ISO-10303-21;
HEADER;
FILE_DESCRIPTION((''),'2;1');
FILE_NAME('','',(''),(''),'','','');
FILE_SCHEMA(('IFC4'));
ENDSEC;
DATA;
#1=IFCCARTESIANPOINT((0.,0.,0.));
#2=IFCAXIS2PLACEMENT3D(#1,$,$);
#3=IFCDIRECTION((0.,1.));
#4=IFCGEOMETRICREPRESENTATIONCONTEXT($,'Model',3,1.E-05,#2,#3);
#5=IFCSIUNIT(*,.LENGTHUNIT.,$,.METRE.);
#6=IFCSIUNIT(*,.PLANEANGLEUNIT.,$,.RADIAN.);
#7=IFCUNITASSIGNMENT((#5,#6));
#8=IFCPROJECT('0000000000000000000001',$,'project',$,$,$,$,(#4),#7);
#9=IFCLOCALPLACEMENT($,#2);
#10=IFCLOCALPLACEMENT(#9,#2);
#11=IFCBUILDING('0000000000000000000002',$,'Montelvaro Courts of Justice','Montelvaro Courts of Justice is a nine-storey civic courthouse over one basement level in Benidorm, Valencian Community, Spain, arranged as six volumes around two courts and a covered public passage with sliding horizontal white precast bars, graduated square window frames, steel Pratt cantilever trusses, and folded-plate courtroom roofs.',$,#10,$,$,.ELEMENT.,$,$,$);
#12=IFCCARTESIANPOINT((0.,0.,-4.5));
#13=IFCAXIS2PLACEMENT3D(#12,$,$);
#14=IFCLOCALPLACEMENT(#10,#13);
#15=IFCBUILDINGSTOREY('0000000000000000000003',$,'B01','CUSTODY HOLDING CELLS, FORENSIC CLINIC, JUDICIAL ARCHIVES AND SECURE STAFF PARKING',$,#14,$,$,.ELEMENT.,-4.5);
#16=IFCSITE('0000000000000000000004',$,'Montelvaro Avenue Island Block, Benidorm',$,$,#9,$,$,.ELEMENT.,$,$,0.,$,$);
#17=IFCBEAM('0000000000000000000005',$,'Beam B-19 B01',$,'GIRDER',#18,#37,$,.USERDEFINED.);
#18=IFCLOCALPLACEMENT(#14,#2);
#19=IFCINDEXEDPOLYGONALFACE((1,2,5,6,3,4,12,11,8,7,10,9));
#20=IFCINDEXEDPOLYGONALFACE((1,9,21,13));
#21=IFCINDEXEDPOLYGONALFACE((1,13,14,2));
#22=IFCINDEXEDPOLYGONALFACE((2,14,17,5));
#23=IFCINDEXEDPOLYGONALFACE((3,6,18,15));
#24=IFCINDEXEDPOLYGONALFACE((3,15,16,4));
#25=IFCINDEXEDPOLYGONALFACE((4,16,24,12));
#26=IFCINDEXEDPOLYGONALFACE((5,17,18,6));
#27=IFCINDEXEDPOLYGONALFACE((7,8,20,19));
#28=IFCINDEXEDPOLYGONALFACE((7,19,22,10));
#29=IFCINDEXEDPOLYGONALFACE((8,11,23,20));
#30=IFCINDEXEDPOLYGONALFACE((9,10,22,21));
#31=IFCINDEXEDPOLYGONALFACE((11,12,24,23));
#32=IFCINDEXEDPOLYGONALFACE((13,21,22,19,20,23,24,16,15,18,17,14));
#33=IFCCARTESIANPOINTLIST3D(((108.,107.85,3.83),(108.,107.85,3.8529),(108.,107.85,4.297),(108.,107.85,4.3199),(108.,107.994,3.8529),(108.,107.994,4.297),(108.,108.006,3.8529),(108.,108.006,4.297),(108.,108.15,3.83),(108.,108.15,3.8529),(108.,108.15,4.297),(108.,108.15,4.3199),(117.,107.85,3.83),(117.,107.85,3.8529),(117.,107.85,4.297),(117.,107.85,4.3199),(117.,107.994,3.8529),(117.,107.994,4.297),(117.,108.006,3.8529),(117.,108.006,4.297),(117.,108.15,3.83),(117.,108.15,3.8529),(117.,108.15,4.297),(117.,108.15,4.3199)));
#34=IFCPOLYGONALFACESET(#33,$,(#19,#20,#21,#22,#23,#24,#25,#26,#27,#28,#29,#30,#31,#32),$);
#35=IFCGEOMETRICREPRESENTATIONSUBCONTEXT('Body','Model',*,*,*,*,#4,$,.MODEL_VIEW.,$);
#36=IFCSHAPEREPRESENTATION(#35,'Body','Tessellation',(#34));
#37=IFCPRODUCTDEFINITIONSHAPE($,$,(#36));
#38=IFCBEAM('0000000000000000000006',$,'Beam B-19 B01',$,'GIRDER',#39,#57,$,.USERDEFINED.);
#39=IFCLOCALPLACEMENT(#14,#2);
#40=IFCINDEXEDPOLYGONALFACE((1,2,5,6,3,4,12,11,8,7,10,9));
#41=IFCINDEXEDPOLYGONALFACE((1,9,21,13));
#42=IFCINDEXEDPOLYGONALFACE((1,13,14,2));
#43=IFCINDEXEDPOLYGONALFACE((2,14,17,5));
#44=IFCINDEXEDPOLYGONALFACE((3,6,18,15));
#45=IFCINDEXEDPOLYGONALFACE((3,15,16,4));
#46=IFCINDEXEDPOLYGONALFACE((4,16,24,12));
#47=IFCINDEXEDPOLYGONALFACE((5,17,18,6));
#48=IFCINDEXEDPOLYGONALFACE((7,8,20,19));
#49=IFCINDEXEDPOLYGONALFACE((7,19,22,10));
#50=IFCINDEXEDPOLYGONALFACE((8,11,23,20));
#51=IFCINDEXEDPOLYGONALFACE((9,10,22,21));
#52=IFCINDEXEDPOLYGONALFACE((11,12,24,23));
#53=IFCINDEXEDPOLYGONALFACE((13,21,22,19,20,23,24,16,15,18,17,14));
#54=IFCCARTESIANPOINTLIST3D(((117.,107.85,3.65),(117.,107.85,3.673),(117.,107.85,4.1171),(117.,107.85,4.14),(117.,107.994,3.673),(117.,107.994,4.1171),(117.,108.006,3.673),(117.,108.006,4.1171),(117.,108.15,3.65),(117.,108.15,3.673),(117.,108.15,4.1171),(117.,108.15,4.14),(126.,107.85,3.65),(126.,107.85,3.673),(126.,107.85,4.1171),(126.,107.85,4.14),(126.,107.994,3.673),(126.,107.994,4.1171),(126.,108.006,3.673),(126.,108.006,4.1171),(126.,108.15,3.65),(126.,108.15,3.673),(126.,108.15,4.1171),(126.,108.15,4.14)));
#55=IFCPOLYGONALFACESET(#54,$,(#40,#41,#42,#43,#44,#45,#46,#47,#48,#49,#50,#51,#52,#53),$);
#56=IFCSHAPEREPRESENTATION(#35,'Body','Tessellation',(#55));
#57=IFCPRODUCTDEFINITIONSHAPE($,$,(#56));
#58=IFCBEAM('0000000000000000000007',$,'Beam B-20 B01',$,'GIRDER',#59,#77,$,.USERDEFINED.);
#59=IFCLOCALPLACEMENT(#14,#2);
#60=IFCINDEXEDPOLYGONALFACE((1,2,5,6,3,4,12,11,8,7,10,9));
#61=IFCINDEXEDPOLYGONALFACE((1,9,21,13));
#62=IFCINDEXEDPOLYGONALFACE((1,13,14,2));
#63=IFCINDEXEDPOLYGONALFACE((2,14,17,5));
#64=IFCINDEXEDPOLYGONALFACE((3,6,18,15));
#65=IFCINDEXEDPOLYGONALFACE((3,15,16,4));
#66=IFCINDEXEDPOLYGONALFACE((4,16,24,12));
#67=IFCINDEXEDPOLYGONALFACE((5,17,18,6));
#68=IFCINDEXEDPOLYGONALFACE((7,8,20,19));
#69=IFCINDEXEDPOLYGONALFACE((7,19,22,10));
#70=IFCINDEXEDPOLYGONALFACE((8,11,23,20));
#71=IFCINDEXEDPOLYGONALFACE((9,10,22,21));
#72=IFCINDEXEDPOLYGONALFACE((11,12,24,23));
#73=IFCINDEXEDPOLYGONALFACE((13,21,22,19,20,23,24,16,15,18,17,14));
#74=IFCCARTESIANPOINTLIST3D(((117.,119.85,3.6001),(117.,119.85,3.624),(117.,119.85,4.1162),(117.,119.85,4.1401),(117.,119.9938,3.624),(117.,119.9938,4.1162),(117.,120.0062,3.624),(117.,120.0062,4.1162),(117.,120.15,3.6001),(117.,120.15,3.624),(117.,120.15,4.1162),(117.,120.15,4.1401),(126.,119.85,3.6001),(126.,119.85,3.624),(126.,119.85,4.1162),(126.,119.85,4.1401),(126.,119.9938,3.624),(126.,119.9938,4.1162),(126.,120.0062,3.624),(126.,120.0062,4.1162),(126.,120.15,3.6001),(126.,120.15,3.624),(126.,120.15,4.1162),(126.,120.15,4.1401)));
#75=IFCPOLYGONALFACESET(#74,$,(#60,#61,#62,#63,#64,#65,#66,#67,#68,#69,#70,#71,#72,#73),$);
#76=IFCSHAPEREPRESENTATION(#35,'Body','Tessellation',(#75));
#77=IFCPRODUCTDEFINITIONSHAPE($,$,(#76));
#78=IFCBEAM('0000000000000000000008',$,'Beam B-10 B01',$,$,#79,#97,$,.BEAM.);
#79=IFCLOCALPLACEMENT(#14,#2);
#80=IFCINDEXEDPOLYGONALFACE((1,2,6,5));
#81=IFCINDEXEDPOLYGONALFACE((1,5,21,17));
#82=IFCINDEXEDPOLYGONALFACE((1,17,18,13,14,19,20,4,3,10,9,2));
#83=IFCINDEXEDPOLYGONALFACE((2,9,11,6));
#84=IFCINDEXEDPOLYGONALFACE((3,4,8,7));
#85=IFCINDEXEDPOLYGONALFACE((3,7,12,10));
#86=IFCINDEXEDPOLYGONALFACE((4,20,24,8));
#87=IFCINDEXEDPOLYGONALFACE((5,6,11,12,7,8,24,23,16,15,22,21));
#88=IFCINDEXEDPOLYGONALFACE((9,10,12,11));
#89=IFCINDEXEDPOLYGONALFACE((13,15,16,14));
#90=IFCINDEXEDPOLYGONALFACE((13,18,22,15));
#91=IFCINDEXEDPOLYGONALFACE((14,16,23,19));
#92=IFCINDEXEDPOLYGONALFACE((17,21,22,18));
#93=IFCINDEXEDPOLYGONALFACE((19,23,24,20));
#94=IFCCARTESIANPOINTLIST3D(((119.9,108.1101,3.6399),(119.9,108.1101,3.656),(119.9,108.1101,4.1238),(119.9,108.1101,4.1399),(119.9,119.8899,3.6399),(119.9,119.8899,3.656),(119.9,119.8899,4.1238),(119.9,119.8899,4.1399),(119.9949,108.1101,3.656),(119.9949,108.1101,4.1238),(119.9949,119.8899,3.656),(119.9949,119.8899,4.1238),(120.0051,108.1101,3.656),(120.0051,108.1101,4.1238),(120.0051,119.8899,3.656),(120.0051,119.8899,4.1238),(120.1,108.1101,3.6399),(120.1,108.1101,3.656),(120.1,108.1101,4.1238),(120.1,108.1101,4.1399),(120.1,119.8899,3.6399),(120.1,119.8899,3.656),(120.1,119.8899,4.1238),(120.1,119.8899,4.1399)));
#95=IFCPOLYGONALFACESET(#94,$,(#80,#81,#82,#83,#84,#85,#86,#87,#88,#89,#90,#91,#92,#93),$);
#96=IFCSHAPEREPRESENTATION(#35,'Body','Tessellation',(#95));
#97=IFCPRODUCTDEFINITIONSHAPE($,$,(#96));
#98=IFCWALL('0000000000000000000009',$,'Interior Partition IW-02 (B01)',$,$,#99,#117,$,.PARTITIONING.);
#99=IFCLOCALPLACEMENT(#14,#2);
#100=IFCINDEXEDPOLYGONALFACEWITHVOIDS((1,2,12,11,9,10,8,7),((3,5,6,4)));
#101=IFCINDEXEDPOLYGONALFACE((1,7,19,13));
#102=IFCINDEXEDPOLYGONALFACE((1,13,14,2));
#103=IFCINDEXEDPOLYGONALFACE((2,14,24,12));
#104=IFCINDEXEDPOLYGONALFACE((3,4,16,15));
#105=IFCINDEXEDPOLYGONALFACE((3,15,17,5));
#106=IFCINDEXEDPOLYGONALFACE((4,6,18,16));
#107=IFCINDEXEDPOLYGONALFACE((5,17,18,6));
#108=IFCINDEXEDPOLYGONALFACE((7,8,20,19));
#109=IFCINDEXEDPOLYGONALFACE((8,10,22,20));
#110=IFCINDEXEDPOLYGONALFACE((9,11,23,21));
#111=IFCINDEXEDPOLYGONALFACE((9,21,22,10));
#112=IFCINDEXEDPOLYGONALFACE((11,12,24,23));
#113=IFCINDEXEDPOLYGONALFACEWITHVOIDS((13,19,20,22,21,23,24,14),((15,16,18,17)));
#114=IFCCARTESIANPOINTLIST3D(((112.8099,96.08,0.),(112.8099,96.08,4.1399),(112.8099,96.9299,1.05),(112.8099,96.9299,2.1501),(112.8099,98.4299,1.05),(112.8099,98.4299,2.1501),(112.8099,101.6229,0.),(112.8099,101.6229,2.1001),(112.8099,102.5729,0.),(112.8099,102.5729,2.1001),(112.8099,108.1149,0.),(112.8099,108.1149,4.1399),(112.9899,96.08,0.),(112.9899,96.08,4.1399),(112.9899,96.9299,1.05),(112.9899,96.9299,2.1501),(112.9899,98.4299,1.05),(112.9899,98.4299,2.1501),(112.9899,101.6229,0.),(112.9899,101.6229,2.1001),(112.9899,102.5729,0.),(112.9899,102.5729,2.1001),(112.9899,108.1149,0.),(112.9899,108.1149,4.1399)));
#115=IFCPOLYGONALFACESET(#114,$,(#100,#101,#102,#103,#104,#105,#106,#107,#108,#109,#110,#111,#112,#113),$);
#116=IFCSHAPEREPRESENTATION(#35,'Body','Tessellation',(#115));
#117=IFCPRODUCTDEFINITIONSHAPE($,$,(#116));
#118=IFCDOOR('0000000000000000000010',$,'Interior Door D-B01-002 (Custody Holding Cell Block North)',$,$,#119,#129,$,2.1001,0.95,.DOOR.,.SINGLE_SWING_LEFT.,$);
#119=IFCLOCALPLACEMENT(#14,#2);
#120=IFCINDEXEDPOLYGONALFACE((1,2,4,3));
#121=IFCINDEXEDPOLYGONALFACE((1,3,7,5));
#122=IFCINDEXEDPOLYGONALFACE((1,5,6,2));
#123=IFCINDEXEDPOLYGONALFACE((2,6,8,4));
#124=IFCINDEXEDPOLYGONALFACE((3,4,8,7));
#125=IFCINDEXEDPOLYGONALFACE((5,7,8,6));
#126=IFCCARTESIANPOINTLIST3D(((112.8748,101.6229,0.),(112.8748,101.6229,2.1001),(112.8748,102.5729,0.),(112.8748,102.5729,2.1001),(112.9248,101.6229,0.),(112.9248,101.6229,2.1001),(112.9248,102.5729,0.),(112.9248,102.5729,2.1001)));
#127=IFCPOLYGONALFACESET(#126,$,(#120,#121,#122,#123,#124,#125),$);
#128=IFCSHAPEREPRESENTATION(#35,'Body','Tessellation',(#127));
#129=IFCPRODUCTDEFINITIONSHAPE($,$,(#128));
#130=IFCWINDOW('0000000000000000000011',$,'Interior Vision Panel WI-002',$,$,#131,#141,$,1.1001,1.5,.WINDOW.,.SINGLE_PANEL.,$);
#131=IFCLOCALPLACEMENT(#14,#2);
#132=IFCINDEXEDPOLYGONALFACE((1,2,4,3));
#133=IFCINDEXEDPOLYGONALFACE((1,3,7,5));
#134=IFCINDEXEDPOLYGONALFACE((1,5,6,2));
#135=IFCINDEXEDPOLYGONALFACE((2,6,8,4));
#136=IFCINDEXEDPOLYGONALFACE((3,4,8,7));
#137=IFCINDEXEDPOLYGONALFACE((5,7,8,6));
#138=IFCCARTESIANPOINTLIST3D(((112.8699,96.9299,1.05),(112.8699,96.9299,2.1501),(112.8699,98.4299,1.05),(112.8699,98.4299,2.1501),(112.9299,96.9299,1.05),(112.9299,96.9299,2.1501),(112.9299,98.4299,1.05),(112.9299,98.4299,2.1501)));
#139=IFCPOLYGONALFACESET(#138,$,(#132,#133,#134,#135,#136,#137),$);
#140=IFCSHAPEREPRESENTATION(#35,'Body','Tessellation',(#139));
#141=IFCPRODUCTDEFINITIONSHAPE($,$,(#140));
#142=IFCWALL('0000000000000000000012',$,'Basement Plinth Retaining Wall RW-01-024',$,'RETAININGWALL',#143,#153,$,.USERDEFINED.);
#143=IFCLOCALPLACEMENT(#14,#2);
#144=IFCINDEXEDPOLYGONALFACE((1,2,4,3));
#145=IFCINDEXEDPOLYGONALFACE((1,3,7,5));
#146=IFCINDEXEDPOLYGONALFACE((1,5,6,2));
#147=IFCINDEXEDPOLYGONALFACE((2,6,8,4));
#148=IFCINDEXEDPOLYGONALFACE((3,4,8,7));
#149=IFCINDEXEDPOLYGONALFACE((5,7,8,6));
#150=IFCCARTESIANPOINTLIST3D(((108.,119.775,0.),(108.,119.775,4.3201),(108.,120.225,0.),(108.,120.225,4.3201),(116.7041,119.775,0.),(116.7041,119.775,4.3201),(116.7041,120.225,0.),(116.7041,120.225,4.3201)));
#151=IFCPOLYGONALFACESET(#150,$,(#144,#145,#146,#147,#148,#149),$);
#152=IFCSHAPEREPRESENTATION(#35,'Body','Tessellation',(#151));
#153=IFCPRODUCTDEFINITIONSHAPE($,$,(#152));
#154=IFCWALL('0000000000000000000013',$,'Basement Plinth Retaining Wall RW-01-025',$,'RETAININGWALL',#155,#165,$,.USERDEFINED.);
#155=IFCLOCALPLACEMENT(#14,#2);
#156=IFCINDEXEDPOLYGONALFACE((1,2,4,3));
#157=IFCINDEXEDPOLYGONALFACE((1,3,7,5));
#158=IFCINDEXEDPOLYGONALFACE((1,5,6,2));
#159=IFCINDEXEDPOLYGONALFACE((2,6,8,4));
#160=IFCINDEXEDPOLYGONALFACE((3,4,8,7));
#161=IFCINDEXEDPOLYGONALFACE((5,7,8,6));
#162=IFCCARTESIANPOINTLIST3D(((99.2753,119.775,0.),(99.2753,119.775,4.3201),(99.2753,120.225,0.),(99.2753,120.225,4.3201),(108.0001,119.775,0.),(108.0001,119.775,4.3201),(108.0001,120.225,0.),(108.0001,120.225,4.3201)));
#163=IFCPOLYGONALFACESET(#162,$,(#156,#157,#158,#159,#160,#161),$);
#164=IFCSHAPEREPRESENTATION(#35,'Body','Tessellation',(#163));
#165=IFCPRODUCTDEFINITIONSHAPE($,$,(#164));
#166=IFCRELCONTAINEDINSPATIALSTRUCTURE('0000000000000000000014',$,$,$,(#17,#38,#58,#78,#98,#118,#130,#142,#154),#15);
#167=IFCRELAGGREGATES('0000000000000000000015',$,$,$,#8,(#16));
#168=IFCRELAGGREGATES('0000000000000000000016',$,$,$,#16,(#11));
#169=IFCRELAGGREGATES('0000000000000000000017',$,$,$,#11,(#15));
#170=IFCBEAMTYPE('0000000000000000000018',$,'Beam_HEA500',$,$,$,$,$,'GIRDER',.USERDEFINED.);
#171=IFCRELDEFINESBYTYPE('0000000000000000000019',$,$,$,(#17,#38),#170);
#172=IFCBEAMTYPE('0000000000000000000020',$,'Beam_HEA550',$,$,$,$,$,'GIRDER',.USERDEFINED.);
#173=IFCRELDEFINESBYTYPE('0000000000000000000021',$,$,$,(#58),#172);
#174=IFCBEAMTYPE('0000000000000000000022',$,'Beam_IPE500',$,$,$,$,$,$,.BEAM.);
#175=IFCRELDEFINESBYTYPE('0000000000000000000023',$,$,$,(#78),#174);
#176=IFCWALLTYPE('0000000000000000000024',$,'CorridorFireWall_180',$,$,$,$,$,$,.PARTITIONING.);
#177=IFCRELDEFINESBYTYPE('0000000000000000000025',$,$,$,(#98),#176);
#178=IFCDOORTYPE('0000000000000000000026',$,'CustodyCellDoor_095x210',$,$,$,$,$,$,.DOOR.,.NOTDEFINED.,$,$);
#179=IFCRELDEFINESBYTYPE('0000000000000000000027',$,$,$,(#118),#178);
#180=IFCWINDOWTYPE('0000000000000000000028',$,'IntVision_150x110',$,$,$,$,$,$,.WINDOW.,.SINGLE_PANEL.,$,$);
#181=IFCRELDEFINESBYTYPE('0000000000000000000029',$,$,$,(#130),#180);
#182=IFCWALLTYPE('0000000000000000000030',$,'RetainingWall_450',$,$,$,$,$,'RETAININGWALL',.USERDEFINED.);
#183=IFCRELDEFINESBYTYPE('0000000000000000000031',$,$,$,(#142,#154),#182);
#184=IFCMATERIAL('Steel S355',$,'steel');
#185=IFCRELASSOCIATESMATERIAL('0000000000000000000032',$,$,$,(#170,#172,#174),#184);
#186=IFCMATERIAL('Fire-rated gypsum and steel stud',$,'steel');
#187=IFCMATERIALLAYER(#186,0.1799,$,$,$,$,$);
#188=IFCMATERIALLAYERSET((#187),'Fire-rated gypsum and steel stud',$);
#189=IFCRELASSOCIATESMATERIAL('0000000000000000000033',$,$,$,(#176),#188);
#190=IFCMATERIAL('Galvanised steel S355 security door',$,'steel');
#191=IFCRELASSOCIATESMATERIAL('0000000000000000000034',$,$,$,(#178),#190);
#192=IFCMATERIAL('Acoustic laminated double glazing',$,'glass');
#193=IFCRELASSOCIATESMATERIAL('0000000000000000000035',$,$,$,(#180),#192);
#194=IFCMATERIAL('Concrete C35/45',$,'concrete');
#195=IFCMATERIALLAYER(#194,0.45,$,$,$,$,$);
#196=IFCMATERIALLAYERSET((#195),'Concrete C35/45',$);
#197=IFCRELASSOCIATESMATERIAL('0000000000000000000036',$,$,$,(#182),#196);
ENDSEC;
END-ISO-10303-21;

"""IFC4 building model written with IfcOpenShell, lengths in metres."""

from ifc_helpers import new_model, si_unit, direction, frame, frame_2d, origin, origin_2d, place, context, subcontext, project, spatial, rectangle, i_section, extrude, material, layer, layer_set, material_profile, profile_set, type_object, element, fill, save


model = new_model("IFC4")

# Units and contexts
model_context = context("Model", 3, precision=1e-05, world=origin(), true_north=direction((0.0, 1.0)))
body_context = subcontext(model_context, "Body", "Model", "MODEL_VIEW")
ifc_project = project(units=[si_unit("LENGTHUNIT", "METRE"), si_unit("PLANEANGLEUNIT", "RADIAN")], contexts=[model_context])

# Site, building, storey
site_placement = place(None, origin())
site = spatial("IfcSite", under=ifc_project, at=site_placement, Name="Montelvaro Avenue Island Block, Benidorm", CompositionType="ELEMENT", RefElevation=0.0)
building_placement = place(site_placement, origin())
building = spatial("IfcBuilding", under=site, at=building_placement, Name="Montelvaro Courts of Justice", Description="Montelvaro Courts of Justice is a nine-storey civic courthouse over one basement level in Benidorm, Valencian Community, Spain, arranged as six volumes around two courts and a covered public passage with sliding horizontal white precast bars, graduated square window frames, steel Pratt cantilever trusses, and folded-plate courtroom roofs.", CompositionType="ELEMENT")
storey_placement = place(building_placement, frame((0.0, 0.0, -4.5)))
storey = spatial("IfcBuildingStorey", under=building, at=storey_placement, Name="B01", Description="CUSTODY HOLDING CELLS, FORENSIC CLINIC, JUDICIAL ARCHIVES AND SECURE STAFF PARKING", CompositionType="ELEMENT", Elevation=-4.5)

# Shared definitions
ifc_material_1 = material(Name="Concrete C35/45", Category="concrete")

# Beams
ifc_material_2 = material(Name="Steel S355", Category="steel")
ifc_material_profile_1 = material_profile(ifc_material_2, i_section(OverallWidth=0.3, OverallDepth=0.49, WebThickness=0.012, FlangeThickness=0.0229, at=origin_2d()), Name="HEA 500")
ifc_profile_set_1 = profile_set([ifc_material_profile_1], Name="Steel S355")
beam_type_1 = type_object("IfcBeamType", Name="Beam_HEA500", ElementType="GIRDER", PredefinedType="USERDEFINED", material=ifc_profile_set_1)
for number, where, z_axis, x_axis, name in (
    (1, (108.0, 108.0, 4.075), (1.0, 0.0, 0.0), (0.0, 1.0, 0.0), "Beam B-19 B01"),
    (2, (117.0, 108.0, 3.895), (1.0, 0.0, 0.0), (0.0, 1.0, 0.0), "Beam B-19 B01"),
):
    element("IfcBeam", number, at=place(storey_placement, frame(where, z_axis=z_axis, x_axis=x_axis)), inside=storey, type_object=beam_type_1, Name=name, ObjectType="GIRDER", PredefinedType="USERDEFINED", context=body_context, shape_type="SweptSolid", body=[
        extrude(i_section(OverallWidth=0.3, OverallDepth=0.49, WebThickness=0.012, FlangeThickness=0.0229, at=origin_2d()), origin(), (0.0, 0.0, 1.0), 9.0),
    ])
ifc_material_profile_2 = material_profile(ifc_material_2, i_section(OverallWidth=0.3, OverallDepth=0.54, WebThickness=0.0125, FlangeThickness=0.0239, at=origin_2d()), Name="HEA 550")
ifc_profile_set_2 = profile_set([ifc_material_profile_2], Name="Steel S355")
beam_type_2 = type_object("IfcBeamType", Name="Beam_HEA550", ElementType="GIRDER", PredefinedType="USERDEFINED", material=ifc_profile_set_2)
beam_1_placement = place(storey_placement, frame((117.0, 120.0, 3.8701), z_axis=(1.0, 0.0, 0.0), x_axis=(0.0, 1.0, 0.0)))
element("IfcBeam", 3, at=beam_1_placement, inside=storey, type_object=beam_type_2, Name="Beam B-20 B01", ObjectType="GIRDER", PredefinedType="USERDEFINED", context=body_context, shape_type="SweptSolid", body=[
    extrude(i_section(OverallWidth=0.3, OverallDepth=0.54, WebThickness=0.0125, FlangeThickness=0.0239, at=origin_2d()), origin(), (0.0, 0.0, 1.0), 9.0),
])
ifc_material_profile_3 = material_profile(ifc_material_2, i_section(OverallWidth=0.2, OverallDepth=0.5, WebThickness=0.0103, FlangeThickness=0.0161, at=origin_2d()), Name="IPE 500")
ifc_profile_set_3 = profile_set([ifc_material_profile_3], Name="Steel S355")
beam_type_3 = type_object("IfcBeamType", Name="Beam_IPE500", PredefinedType="BEAM", material=ifc_profile_set_3)
beam_2_placement = place(storey_placement, frame((120.0, 108.1101, 3.8899), z_axis=(0.0, 1.0, 0.0), x_axis=(-1.0, 0.0, 0.0)))
element("IfcBeam", 4, at=beam_2_placement, inside=storey, type_object=beam_type_3, Name="Beam B-10 B01", PredefinedType="BEAM", context=body_context, shape_type="SweptSolid", body=[
    extrude(i_section(OverallWidth=0.2, OverallDepth=0.5, WebThickness=0.0103, FlangeThickness=0.0161, at=origin_2d()), origin(), (0.0, 0.0, 1.0), 11.7798),
])

# Wall, openings, door, window
ifc_material_3 = material(Name="Fire-rated gypsum and steel stud", Category="steel")
ifc_layer_1 = layer(ifc_material_3, 0.1799)
ifc_layer_set_1 = layer_set([ifc_layer_1], Name="Fire-rated gypsum and steel stud")
wall_type_1 = type_object("IfcWallType", Name="CorridorFireWall_180", PredefinedType="PARTITIONING", material=ifc_layer_set_1)
wall_1_placement = place(storey_placement, frame((112.8999, 108.115, 0.0), z_axis=(0.0, 0.0, 1.0), x_axis=(0.0, -1.0, 0.0)))
wall_1 = element("IfcWall", 5, at=wall_1_placement, inside=storey, type_object=wall_type_1, Name="Interior Partition IW-02 (B01)", PredefinedType="PARTITIONING", context=body_context, shape_type="SweptSolid", body=[
    extrude(rectangle(XDim=12.0349, YDim=0.1799, at=frame_2d((6.0176, 0.0))), origin(), (0.0, 0.0, 1.0), 4.1399),
])
opening_1_placement = place(wall_1_placement, frame((5.542, 0.0, 0.0)))
opening_1 = element("IfcOpeningElement", 6, at=opening_1_placement, cuts=wall_1, PredefinedType="OPENING", context=body_context, shape_type="SweptSolid", body=[
    extrude(rectangle(XDim=0.95, YDim=2.1001, at=frame_2d((0.4751, 1.05))), frame((0.0, 0.105, 0.0), z_axis=(0.0, -1.0, 0.0), x_axis=(1.0, 0.0, 0.0)), (0.0, 0.0, 1.0), 0.2097),
])
opening_2_placement = place(wall_1_placement, frame((9.6851, 0.0, 1.05)))
opening_2 = element("IfcOpeningElement", 7, at=opening_2_placement, cuts=wall_1, PredefinedType="OPENING", context=body_context, shape_type="SweptSolid", body=[
    extrude(rectangle(XDim=1.5, YDim=1.1001, at=frame_2d((0.75, 0.55))), frame((0.0, 0.105, 0.0), z_axis=(0.0, -1.0, 0.0), x_axis=(1.0, 0.0, 0.0)), (0.0, 0.0, 1.0), 0.2097),
])
ifc_material_4 = material(Name="Galvanised steel S355 security door", Category="steel")
door_type = type_object("IfcDoorType", Name="CustodyCellDoor_095x210", OperationType="NOTDEFINED", PredefinedType="DOOR", material=ifc_material_4)
door_placement = place(opening_1_placement, origin())
door = element("IfcDoor", 8, at=door_placement, inside=storey, type_object=door_type, Name="Interior Door D-B01-002 (Custody Holding Cell Block North)", OperationType="SINGLE_SWING_LEFT", OverallHeight=2.1001, OverallWidth=0.95, PredefinedType="DOOR", context=body_context, shape_type="SweptSolid", body=[
    extrude(rectangle(XDim=0.95, YDim=2.1001, at=frame_2d((0.4751, 1.05))), frame((0.0, 0.0249, 0.0), z_axis=(0.0, -1.0, 0.0), x_axis=(1.0, 0.0, 0.0)), (0.0, 0.0, 1.0), 0.05),
])
fill(opening_1, door)
ifc_material_5 = material(Name="Acoustic laminated double glazing", Category="glass")
window_type = type_object("IfcWindowType", Name="IntVision_150x110", PartitioningType="SINGLE_PANEL", PredefinedType="WINDOW", material=ifc_material_5)
window_placement = place(opening_2_placement, origin())
window = element("IfcWindow", 9, at=window_placement, inside=storey, type_object=window_type, Name="Interior Vision Panel WI-002", OverallHeight=1.1001, OverallWidth=1.5, PartitioningType="SINGLE_PANEL", PredefinedType="WINDOW", context=body_context, shape_type="SweptSolid", body=[
    extrude(rectangle(XDim=1.5, YDim=1.1001, at=frame_2d((0.75, 0.55))), frame((0.0, 0.03, 0.0), z_axis=(0.0, -1.0, 0.0), x_axis=(1.0, 0.0, 0.0)), (0.0, 0.0, 1.0), 0.0601),
])
fill(opening_2, window)

# Walls
ifc_layer_2 = layer(ifc_material_1, 0.45)
ifc_layer_set_2 = layer_set([ifc_layer_2], Name="Concrete C35/45")
wall_type_2 = type_object("IfcWallType", Name="RetainingWall_450", ElementType="RETAININGWALL", PredefinedType="USERDEFINED", material=ifc_layer_set_2)
wall_2_placement = place(storey_placement, frame((116.7041, 120.0, 0.0), z_axis=(0.0, 0.0, 1.0), x_axis=(-1.0, 0.0, 0.0)))
element("IfcWall", 10, at=wall_2_placement, inside=storey, type_object=wall_type_2, Name="Basement Plinth Retaining Wall RW-01-024", ObjectType="RETAININGWALL", PredefinedType="USERDEFINED", context=body_context, shape_type="SweptSolid", body=[
    extrude(rectangle(XDim=8.7041, YDim=0.45, at=frame_2d((4.3521, 0.0))), origin(), (0.0, 0.0, 1.0), 4.3201),
])
wall_3_placement = place(storey_placement, frame((108.0, 120.0, 0.0), z_axis=(0.0, 0.0, 1.0), x_axis=(-1.0, 0.0, 0.0)))
element("IfcWall", 11, at=wall_3_placement, inside=storey, type_object=wall_type_2, Name="Basement Plinth Retaining Wall RW-01-025", ObjectType="RETAININGWALL", PredefinedType="USERDEFINED", context=body_context, shape_type="SweptSolid", body=[
    extrude(rectangle(XDim=8.7249, YDim=0.45, at=frame_2d((4.3623, 0.0))), origin(), (0.0, 0.0, 1.0), 4.3201),
])

save(model, "model.ifc")
